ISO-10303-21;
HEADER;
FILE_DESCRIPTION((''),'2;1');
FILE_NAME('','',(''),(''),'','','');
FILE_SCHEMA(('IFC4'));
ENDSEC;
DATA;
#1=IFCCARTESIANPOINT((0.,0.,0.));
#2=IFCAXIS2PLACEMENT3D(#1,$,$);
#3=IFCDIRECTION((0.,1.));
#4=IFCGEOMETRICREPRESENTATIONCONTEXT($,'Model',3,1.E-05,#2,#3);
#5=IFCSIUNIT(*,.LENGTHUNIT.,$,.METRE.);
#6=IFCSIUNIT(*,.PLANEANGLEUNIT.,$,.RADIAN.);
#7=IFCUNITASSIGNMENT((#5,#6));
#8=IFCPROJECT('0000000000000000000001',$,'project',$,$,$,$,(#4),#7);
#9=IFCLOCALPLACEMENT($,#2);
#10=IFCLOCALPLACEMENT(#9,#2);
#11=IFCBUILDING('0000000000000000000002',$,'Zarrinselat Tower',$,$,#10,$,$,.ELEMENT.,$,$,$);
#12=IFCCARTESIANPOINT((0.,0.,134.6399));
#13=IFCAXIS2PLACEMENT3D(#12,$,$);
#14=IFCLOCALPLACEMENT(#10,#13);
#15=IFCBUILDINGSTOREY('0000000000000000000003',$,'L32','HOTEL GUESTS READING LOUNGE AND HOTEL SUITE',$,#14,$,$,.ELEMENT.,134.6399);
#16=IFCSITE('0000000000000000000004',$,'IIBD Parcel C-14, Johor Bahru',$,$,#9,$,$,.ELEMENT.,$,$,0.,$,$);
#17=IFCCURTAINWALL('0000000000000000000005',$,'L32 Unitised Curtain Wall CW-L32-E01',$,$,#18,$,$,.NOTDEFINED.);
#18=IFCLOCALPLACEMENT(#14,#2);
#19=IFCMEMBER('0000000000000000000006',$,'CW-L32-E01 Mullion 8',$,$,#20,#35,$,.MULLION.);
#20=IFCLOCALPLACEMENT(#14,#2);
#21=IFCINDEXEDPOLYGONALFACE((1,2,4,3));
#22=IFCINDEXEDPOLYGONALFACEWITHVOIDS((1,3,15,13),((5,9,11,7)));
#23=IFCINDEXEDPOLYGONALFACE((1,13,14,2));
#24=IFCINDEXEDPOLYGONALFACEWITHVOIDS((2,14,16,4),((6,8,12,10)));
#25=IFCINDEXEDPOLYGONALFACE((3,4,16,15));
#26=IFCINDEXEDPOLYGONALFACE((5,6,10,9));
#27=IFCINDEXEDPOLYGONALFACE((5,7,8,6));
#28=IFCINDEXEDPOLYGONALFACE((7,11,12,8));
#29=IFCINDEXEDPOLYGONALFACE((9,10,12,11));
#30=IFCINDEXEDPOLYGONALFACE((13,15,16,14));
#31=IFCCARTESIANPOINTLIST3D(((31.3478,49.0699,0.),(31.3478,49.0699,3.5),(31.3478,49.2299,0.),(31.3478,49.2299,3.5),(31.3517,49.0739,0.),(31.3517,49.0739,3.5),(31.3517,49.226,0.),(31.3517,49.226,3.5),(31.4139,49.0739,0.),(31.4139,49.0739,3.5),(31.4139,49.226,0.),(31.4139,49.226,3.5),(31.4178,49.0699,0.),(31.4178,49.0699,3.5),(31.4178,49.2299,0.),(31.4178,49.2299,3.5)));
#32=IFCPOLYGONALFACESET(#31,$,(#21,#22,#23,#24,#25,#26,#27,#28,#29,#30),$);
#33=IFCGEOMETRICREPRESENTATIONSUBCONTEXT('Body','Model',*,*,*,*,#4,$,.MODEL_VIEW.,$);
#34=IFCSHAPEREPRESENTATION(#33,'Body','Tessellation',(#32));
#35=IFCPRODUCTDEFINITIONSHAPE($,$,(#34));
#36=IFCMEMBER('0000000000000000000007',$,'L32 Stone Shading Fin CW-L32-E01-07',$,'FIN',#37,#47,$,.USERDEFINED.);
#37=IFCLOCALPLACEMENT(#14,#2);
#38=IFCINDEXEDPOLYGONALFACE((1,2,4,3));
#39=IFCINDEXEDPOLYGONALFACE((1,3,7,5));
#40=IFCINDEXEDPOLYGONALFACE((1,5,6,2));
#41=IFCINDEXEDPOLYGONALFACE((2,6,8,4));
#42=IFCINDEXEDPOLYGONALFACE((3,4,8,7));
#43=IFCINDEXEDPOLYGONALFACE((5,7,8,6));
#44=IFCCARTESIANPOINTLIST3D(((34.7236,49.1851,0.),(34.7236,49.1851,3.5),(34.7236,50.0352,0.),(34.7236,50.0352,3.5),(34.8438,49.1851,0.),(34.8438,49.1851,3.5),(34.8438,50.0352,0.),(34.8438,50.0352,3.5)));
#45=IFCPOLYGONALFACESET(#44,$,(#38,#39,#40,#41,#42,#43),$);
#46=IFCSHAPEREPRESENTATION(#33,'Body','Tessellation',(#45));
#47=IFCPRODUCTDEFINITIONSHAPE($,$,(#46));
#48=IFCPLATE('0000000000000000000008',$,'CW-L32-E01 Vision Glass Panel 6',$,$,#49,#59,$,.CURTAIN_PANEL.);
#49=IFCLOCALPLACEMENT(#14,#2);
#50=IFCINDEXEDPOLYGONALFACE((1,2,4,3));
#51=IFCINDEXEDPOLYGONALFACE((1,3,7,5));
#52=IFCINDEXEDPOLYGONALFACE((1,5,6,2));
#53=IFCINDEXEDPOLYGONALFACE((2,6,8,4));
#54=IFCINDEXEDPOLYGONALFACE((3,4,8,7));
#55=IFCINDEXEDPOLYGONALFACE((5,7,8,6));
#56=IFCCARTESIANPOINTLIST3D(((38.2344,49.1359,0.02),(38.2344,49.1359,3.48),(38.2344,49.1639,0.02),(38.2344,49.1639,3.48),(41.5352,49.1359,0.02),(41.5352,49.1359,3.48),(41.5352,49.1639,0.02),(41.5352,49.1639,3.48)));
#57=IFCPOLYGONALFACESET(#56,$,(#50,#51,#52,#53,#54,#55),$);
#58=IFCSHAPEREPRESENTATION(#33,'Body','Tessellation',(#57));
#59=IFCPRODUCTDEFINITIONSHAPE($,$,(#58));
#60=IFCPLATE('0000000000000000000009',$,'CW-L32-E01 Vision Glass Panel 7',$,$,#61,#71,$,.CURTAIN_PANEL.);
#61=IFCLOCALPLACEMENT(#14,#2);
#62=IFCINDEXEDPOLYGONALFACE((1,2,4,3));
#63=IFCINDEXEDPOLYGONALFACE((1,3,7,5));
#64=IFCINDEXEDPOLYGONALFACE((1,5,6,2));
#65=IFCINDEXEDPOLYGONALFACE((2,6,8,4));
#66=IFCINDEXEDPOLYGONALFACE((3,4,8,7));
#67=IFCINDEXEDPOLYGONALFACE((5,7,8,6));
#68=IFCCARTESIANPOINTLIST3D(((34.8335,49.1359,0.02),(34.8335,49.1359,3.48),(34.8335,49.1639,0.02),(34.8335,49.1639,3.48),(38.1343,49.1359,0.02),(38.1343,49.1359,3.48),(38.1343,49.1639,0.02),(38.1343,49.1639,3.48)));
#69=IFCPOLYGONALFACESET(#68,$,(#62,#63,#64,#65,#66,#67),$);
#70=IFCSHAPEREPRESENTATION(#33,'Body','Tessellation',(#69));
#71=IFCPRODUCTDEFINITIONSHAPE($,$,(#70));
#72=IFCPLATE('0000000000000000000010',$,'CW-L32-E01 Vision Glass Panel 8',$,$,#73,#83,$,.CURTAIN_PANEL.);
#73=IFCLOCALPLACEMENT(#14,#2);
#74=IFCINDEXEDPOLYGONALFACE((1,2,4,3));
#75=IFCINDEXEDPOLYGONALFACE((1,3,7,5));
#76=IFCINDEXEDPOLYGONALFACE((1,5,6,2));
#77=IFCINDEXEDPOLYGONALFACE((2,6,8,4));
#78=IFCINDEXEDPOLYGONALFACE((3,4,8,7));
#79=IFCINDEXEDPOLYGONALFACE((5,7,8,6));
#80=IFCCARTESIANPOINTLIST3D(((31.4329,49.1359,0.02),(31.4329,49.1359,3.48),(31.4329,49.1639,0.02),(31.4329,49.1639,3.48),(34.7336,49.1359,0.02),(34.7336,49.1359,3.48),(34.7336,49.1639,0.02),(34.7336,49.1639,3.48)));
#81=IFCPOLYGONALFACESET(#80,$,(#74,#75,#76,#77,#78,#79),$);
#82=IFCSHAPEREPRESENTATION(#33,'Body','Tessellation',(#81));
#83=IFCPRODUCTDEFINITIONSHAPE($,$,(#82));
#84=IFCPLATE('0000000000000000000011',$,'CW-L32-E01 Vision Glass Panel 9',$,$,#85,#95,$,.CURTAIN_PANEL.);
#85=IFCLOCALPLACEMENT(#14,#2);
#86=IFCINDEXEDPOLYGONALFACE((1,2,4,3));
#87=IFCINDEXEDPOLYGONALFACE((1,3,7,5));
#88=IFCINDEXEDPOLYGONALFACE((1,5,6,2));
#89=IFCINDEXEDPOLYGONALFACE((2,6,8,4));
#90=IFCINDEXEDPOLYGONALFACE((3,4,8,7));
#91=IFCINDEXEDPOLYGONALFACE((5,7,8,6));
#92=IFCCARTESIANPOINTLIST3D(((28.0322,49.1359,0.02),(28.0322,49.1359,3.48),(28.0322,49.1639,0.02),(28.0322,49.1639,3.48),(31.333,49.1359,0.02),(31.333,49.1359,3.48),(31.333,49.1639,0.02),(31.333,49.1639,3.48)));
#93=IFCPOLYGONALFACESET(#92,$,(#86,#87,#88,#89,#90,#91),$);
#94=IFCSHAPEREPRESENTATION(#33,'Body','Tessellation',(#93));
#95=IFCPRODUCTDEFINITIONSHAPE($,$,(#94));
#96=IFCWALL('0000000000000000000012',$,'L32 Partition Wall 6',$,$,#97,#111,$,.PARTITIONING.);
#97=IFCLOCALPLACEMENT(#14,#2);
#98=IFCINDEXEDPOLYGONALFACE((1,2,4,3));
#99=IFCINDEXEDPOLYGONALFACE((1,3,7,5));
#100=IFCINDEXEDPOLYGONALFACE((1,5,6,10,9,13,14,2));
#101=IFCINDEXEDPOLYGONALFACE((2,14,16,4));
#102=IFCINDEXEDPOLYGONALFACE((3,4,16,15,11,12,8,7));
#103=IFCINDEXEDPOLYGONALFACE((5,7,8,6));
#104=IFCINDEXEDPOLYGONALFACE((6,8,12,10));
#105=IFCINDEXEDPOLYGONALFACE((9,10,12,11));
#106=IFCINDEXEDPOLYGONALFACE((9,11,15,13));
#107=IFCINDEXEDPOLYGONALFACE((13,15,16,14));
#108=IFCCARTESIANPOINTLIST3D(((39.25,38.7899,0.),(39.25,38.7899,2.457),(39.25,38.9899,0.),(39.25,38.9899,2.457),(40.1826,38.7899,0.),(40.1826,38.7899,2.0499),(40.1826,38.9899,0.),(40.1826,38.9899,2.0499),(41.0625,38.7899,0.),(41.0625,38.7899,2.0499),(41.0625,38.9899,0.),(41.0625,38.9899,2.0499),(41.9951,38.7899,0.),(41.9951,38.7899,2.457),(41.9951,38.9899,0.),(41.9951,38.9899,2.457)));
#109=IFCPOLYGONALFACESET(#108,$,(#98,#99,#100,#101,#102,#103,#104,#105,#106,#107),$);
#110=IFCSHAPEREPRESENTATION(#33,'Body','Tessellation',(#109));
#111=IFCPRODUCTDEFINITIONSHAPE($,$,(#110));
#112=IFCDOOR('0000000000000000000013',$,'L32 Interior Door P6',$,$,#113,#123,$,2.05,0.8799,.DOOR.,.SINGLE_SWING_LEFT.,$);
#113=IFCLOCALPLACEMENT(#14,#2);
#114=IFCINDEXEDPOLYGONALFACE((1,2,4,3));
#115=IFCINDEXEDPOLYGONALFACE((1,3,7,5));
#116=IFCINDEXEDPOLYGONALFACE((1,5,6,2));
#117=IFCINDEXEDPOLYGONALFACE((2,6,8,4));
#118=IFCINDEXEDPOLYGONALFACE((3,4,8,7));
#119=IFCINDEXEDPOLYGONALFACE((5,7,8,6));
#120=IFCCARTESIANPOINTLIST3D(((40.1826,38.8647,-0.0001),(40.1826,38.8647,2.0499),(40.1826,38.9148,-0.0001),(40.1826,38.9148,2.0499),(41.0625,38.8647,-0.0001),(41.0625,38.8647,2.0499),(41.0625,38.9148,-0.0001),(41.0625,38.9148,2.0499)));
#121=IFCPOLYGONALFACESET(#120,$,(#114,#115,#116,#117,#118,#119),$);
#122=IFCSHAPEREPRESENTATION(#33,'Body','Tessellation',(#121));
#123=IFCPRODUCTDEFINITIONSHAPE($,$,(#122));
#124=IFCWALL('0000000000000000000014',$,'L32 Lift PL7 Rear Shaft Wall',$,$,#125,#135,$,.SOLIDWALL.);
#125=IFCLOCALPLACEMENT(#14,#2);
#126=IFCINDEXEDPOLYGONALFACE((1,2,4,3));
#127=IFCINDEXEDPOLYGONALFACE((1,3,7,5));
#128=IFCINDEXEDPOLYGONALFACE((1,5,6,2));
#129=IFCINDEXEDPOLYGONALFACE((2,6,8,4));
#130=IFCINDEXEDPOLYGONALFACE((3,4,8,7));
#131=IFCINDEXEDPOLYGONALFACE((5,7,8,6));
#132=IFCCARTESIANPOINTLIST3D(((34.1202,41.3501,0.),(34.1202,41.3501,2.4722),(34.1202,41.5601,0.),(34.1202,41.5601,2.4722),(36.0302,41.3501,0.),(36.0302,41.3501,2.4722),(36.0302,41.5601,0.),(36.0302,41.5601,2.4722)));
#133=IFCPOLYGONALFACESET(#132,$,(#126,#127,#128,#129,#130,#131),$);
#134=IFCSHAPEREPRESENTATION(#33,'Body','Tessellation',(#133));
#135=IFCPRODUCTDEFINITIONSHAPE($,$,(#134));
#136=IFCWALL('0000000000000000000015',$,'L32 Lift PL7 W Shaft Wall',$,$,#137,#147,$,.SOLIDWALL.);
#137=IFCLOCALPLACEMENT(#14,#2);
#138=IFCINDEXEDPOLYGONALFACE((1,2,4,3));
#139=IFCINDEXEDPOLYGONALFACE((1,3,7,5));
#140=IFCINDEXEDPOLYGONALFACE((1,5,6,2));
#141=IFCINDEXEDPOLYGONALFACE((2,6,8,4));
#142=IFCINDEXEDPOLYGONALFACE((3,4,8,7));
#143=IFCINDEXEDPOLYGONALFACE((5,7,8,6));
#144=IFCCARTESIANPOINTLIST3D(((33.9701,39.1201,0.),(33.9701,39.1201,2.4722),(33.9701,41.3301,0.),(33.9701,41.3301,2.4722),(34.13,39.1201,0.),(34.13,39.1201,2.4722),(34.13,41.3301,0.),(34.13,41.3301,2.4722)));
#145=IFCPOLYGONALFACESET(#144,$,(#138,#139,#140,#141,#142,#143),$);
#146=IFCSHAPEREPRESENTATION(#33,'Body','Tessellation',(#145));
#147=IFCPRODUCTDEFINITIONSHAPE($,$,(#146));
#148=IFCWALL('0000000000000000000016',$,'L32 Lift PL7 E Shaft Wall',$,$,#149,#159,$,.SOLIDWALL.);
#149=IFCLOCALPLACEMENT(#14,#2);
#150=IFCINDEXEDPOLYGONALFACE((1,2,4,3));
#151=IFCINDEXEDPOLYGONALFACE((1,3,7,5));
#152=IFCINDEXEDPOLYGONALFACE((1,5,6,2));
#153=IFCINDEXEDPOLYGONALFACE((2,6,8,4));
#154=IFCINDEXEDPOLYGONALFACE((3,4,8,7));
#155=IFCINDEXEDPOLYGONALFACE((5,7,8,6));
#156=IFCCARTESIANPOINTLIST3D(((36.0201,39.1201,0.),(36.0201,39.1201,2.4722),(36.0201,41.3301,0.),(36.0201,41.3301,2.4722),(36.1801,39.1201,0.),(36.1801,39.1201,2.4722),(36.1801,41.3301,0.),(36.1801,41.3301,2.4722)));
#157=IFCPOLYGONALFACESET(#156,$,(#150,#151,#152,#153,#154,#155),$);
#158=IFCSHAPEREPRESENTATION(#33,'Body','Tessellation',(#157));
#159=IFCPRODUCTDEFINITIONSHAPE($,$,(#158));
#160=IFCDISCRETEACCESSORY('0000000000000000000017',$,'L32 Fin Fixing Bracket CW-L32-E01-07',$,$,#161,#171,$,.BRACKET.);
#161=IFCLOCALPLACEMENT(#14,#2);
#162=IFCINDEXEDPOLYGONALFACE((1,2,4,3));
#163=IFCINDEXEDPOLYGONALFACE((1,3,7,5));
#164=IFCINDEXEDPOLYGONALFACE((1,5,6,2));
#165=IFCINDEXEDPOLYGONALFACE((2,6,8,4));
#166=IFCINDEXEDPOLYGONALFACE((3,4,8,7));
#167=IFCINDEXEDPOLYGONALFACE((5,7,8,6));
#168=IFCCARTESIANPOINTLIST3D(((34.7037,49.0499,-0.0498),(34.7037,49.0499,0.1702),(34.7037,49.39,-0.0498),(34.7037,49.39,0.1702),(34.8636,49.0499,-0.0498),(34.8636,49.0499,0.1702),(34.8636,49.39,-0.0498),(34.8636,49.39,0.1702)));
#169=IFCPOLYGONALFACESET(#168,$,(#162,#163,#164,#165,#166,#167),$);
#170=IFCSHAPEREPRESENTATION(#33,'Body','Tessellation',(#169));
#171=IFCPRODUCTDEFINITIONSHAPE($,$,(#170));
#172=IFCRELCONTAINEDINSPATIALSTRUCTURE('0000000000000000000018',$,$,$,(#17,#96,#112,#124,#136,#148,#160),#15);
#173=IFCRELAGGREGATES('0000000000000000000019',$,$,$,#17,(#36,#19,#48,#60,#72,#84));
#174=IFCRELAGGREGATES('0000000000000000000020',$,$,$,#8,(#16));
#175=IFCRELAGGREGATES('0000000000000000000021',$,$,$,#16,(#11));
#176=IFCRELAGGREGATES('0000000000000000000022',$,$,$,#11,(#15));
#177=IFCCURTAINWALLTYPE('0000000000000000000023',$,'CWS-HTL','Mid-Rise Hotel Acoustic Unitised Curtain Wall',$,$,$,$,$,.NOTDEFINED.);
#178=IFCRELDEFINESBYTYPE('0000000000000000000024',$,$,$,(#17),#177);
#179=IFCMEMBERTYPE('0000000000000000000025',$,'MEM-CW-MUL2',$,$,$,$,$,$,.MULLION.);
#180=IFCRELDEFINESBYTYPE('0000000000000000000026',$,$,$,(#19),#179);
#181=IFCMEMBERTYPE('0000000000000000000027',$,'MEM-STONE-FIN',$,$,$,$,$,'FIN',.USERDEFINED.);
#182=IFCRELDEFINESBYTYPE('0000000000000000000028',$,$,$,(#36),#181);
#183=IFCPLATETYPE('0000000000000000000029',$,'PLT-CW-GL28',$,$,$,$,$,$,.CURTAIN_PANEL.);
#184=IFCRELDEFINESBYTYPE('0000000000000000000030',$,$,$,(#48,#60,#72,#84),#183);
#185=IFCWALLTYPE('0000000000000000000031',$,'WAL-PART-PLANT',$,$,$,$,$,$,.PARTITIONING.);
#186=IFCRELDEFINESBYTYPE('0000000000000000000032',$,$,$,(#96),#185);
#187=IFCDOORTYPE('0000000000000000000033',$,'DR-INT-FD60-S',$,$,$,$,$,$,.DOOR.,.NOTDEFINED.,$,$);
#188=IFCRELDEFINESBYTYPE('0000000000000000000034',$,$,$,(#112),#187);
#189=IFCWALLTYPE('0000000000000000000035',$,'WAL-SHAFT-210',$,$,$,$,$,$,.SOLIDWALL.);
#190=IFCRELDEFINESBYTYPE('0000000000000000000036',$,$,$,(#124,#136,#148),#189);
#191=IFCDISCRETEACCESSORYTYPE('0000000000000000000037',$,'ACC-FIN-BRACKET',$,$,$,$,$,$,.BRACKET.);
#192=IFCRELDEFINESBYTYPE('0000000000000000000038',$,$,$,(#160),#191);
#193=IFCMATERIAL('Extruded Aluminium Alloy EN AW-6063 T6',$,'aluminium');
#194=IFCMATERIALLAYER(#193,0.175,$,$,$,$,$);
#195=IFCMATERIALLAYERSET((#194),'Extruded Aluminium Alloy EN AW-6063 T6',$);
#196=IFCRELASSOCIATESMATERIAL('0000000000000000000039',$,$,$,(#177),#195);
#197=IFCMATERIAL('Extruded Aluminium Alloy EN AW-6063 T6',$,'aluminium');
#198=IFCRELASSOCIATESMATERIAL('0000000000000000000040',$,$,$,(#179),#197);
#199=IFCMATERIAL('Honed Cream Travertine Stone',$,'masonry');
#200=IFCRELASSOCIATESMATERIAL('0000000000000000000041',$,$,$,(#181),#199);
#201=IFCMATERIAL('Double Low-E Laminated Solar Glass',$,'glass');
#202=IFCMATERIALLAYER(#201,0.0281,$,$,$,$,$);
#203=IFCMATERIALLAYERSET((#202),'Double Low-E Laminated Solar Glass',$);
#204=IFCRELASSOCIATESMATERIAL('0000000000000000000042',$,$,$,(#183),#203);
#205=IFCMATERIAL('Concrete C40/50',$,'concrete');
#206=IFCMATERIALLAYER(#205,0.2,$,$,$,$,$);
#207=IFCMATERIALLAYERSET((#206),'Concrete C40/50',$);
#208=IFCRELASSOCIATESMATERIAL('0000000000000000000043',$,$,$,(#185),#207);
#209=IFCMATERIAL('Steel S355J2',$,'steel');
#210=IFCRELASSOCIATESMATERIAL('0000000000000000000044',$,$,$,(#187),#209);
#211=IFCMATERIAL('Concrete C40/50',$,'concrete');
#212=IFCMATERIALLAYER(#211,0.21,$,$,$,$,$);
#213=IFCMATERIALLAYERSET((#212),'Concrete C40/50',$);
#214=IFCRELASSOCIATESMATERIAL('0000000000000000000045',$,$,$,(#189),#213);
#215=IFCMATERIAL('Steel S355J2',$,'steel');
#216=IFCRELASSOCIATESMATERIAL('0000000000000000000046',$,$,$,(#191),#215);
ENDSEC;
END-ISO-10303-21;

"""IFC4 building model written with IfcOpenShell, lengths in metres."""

from ifc_helpers import new_model, si_unit, direction, frame, frame_2d, origin, origin_2d, place, context, subcontext, project, spatial, rectangle, hollow_rectangle, extrude, material, layer, layer_set, material_profile, profile_set, type_object, element, fill, aggregate, save


model = new_model("IFC4")

# Units and contexts
model_context = context("Model", 3, precision=1e-05, world=origin(), true_north=direction((0.0, 1.0)))
body_context = subcontext(model_context, "Body", "Model", "MODEL_VIEW")
ifc_project = project(units=[si_unit("LENGTHUNIT", "METRE"), si_unit("PLANEANGLEUNIT", "RADIAN")], contexts=[model_context])

# Site, building, storey
site_placement = place(None, origin())
site = spatial("IfcSite", under=ifc_project, at=site_placement, Name="IIBD Parcel C-14, Johor Bahru", CompositionType="ELEMENT", RefElevation=0.0)
building_placement = place(site_placement, origin())
building = spatial("IfcBuilding", under=site, at=building_placement, Name="Zarrinselat Tower", CompositionType="ELEMENT")
storey_placement = place(building_placement, frame((0.0, 0.0, 134.6399)))
storey = spatial("IfcBuildingStorey", under=building, at=storey_placement, Name="L32", Description="HOTEL GUESTS READING LOUNGE AND HOTEL SUITE", CompositionType="ELEMENT", Elevation=134.6399)

# Curtain wall, members, plates
ifc_material_1 = material(Name="Extruded Aluminium Alloy EN AW-6063 T6", Category="aluminium")
ifc_layer_1 = layer(ifc_material_1, 0.175)
ifc_layer_set_1 = layer_set([ifc_layer_1], Name="Extruded Aluminium Alloy EN AW-6063 T6")
curtain_wall_type = type_object("IfcCurtainWallType", Name="CWS-HTL", Description="Mid-Rise Hotel Acoustic Unitised Curtain Wall", PredefinedType="NOTDEFINED", material=ifc_layer_set_1)
curtain_wall_placement = place(storey_placement, origin())
curtain_wall = element("IfcCurtainWall", 1, at=curtain_wall_placement, inside=storey, type_object=curtain_wall_type, Name="L32 Unitised Curtain Wall CW-L32-E01", PredefinedType="NOTDEFINED")
ifc_material_2 = material(Name="Extruded Aluminium Alloy EN AW-6063 T6", Category="aluminium")
ifc_material_profile_1 = material_profile(ifc_material_2, hollow_rectangle(XDim=0.0701, YDim=0.1599, WallThickness=0.0039, at=origin_2d()), Name="RHS 160x70x4")
ifc_profile_set_1 = profile_set([ifc_material_profile_1], Name="Extruded Aluminium Alloy EN AW-6063 T6")
member_type_1 = type_object("IfcMemberType", Name="MEM-CW-MUL2", PredefinedType="MULLION", material=ifc_profile_set_1)
member_1_placement = place(storey_placement, frame((31.3828, 49.1499, 0.0), z_axis=(0.0, 0.0, 1.0), x_axis=(-1.0, 0.0, 0.0)))
member_1 = element("IfcMember", 2, at=member_1_placement, type_object=member_type_1, Name="CW-L32-E01 Mullion 8", PredefinedType="MULLION", context=body_context, shape_type="SweptSolid", body=[
    extrude(hollow_rectangle(XDim=0.0701, YDim=0.1599, WallThickness=0.0039, at=origin_2d()), origin(), (0.0, 0.0, 1.0), 3.5),
])
ifc_material_3 = material(Name="Honed Cream Travertine Stone", Category="masonry")
ifc_material_profile_2 = material_profile(ifc_material_3, rectangle(XDim=0.1201, YDim=0.8501, at=origin_2d()), Name="FIN 850x120")
ifc_profile_set_2 = profile_set([ifc_material_profile_2], Name="Honed Cream Travertine Stone")
member_type_2 = type_object("IfcMemberType", Name="MEM-STONE-FIN", ElementType="FIN", PredefinedType="USERDEFINED", material=ifc_profile_set_2)
member_2_placement = place(storey_placement, frame((34.7837, 49.6101, 0.0), z_axis=(0.0, 0.0, 1.0), x_axis=(1.0, 0.0, 0.0)))
member_2 = element("IfcMember", 3, at=member_2_placement, type_object=member_type_2, Name="L32 Stone Shading Fin CW-L32-E01-07", ObjectType="FIN", PredefinedType="USERDEFINED", context=body_context, shape_type="SweptSolid", body=[
    extrude(rectangle(XDim=0.1201, YDim=0.8501, at=origin_2d()), origin(), (0.0, 0.0, 1.0), 3.5),
])
ifc_material_4 = material(Name="Double Low-E Laminated Solar Glass", Category="glass")
ifc_layer_2 = layer(ifc_material_4, 0.0281)
ifc_layer_set_2 = layer_set([ifc_layer_2], Name="Double Low-E Laminated Solar Glass")
plate_type = type_object("IfcPlateType", Name="PLT-CW-GL28", PredefinedType="CURTAIN_PANEL", material=ifc_layer_set_2)
plate_1_placement = place(storey_placement, frame((39.8848, 49.1499, 0.02), z_axis=(0.0, 0.0, 1.0), x_axis=(-1.0, 0.0, 0.0)))
plate_1 = element("IfcPlate", 4, at=plate_1_placement, type_object=plate_type, Name="CW-L32-E01 Vision Glass Panel 6", PredefinedType="CURTAIN_PANEL", context=body_context, shape_type="SweptSolid", body=[
    extrude(rectangle(XDim=3.3008, YDim=0.0281, at=origin_2d()), origin(), (0.0, 0.0, 1.0), 3.46),
])
plate_2_placement = place(storey_placement, frame((36.4839, 49.1499, 0.02), z_axis=(0.0, 0.0, 1.0), x_axis=(-1.0, 0.0, 0.0)))
plate_2 = element("IfcPlate", 5, at=plate_2_placement, type_object=plate_type, Name="CW-L32-E01 Vision Glass Panel 7", PredefinedType="CURTAIN_PANEL", context=body_context, shape_type="SweptSolid", body=[
    extrude(rectangle(XDim=3.3008, YDim=0.0281, at=origin_2d()), origin(), (0.0, 0.0, 1.0), 3.46),
])
plate_3_placement = place(storey_placement, frame((33.0833, 49.1499, 0.02), z_axis=(0.0, 0.0, 1.0), x_axis=(-1.0, 0.0, 0.0)))
plate_3 = element("IfcPlate", 6, at=plate_3_placement, type_object=plate_type, Name="CW-L32-E01 Vision Glass Panel 8", PredefinedType="CURTAIN_PANEL", context=body_context, shape_type="SweptSolid", body=[
    extrude(rectangle(XDim=3.3008, YDim=0.0281, at=origin_2d()), origin(), (0.0, 0.0, 1.0), 3.46),
])
plate_4_placement = place(storey_placement, frame((29.6826, 49.1499, 0.02), z_axis=(0.0, 0.0, 1.0), x_axis=(-1.0, 0.0, 0.0)))
plate_4 = element("IfcPlate", 7, at=plate_4_placement, type_object=plate_type, Name="CW-L32-E01 Vision Glass Panel 9", PredefinedType="CURTAIN_PANEL", context=body_context, shape_type="SweptSolid", body=[
    extrude(rectangle(XDim=3.3008, YDim=0.0281, at=origin_2d()), origin(), (0.0, 0.0, 1.0), 3.46),
])
aggregate(curtain_wall, [member_2, member_1, plate_1, plate_2, plate_3, plate_4])

# Wall, opening, door
ifc_material_5 = material(Name="Concrete C40/50", Category="concrete")
ifc_layer_3 = layer(ifc_material_5, 0.2)
ifc_layer_set_3 = layer_set([ifc_layer_3], Name="Concrete C40/50")
wall_type_1 = type_object("IfcWallType", Name="WAL-PART-PLANT", PredefinedType="PARTITIONING", material=ifc_layer_set_3)
wall_1_placement = place(storey_placement, frame((39.25, 38.8899, 0.0), z_axis=(0.0, 0.0, 1.0), x_axis=(1.0, 0.0, 0.0)))
wall_1 = element("IfcWall", 8, at=wall_1_placement, inside=storey, type_object=wall_type_1, Name="L32 Partition Wall 6", PredefinedType="PARTITIONING", context=body_context, shape_type="SweptSolid", body=[
    extrude(rectangle(XDim=2.7451, YDim=0.2, at=frame_2d((1.3726, 0.0))), origin(), (0.0, 0.0, 1.0), 2.457),
])
opening_placement = place(wall_1_placement, frame((0.9326, 0.0, 0.0)))
opening = element("IfcOpeningElement", 9, at=opening_placement, cuts=wall_1, PredefinedType="OPENING", context=body_context, shape_type="SweptSolid", body=[
    extrude(rectangle(XDim=0.8799, YDim=2.05, at=frame_2d((0.4399, 1.0249))), frame((0.0, 0.1099, 0.0), z_axis=(0.0, -1.0, 0.0), x_axis=(1.0, 0.0, 0.0)), (0.0, 0.0, 1.0), 0.22),
])
ifc_material_6 = material(Name="Steel S355J2", Category="steel")
door_type = type_object("IfcDoorType", Name="DR-INT-FD60-S", OperationType="NOTDEFINED", PredefinedType="DOOR", material=ifc_material_6)
door_placement = place(opening_placement, origin())
door = element("IfcDoor", 10, at=door_placement, inside=storey, type_object=door_type, Name="L32 Interior Door P6", OperationType="SINGLE_SWING_LEFT", OverallHeight=2.05, OverallWidth=0.8799, PredefinedType="DOOR", context=body_context, shape_type="SweptSolid", body=[
    extrude(rectangle(XDim=0.8799, YDim=2.05, at=frame_2d((0.4399, 1.0249))), frame((0.0, 0.0249, 0.0), z_axis=(0.0, -1.0, 0.0), x_axis=(1.0, 0.0, 0.0)), (0.0, 0.0, 1.0), 0.05),
])
fill(opening, door)

# Walls
ifc_material_7 = material(Name="Concrete C40/50", Category="concrete")
ifc_layer_4 = layer(ifc_material_7, 0.21)
ifc_layer_set_4 = layer_set([ifc_layer_4], Name="Concrete C40/50")
wall_type_2 = type_object("IfcWallType", Name="WAL-SHAFT-210", PredefinedType="SOLIDWALL", material=ifc_layer_set_4)
wall_2_placement = place(storey_placement, frame((34.1201, 41.4551, 0.0), z_axis=(0.0, 0.0, 1.0), x_axis=(1.0, 0.0, 0.0)))
element("IfcWall", 11, at=wall_2_placement, inside=storey, type_object=wall_type_2, Name="L32 Lift PL7 Rear Shaft Wall", PredefinedType="SOLIDWALL", context=body_context, shape_type="SweptSolid", body=[
    extrude(rectangle(XDim=1.9099, YDim=0.21, at=frame_2d((0.9551, 0.0))), origin(), (0.0, 0.0, 1.0), 2.4722),
])
for number, where, z_axis, x_axis, name in (
    (12, (34.05, 39.1201, 0.0), (0.0, 0.0, 1.0), (0.0, 1.0, 0.0), "L32 Lift PL7 W Shaft Wall"),
    (13, (36.1001, 39.1201, 0.0), (0.0, 0.0, 1.0), (0.0, 1.0, 0.0), "L32 Lift PL7 E Shaft Wall"),
):
    element("IfcWall", number, at=place(storey_placement, frame(where, z_axis=z_axis, x_axis=x_axis)), inside=storey, type_object=wall_type_2, Name=name, PredefinedType="SOLIDWALL", context=body_context, shape_type="SweptSolid", body=[
        extrude(rectangle(XDim=2.21, YDim=0.1599, at=frame_2d((1.105, 0.0))), origin(), (0.0, 0.0, 1.0), 2.4722),
    ])

# Discrete accessory
ifc_material_8 = material(Name="Steel S355J2", Category="steel")
discrete_accessory_type = type_object("IfcDiscreteAccessoryType", Name="ACC-FIN-BRACKET", PredefinedType="BRACKET", material=ifc_material_8)
discrete_accessory_placement = place(storey_placement, frame((34.7837, 49.22, -0.0498), z_axis=(0.0, 0.0, 1.0), x_axis=(0.0, 1.0, 0.0)))
element("IfcDiscreteAccessory", 14, at=discrete_accessory_placement, inside=storey, type_object=discrete_accessory_type, Name="L32 Fin Fixing Bracket CW-L32-E01-07", PredefinedType="BRACKET", context=body_context, shape_type="SweptSolid", body=[
    extrude(rectangle(XDim=0.3401, YDim=0.1599, at=origin_2d()), origin(), (0.0, 0.0, 1.0), 0.22),
])

save(model, "model.ifc")
